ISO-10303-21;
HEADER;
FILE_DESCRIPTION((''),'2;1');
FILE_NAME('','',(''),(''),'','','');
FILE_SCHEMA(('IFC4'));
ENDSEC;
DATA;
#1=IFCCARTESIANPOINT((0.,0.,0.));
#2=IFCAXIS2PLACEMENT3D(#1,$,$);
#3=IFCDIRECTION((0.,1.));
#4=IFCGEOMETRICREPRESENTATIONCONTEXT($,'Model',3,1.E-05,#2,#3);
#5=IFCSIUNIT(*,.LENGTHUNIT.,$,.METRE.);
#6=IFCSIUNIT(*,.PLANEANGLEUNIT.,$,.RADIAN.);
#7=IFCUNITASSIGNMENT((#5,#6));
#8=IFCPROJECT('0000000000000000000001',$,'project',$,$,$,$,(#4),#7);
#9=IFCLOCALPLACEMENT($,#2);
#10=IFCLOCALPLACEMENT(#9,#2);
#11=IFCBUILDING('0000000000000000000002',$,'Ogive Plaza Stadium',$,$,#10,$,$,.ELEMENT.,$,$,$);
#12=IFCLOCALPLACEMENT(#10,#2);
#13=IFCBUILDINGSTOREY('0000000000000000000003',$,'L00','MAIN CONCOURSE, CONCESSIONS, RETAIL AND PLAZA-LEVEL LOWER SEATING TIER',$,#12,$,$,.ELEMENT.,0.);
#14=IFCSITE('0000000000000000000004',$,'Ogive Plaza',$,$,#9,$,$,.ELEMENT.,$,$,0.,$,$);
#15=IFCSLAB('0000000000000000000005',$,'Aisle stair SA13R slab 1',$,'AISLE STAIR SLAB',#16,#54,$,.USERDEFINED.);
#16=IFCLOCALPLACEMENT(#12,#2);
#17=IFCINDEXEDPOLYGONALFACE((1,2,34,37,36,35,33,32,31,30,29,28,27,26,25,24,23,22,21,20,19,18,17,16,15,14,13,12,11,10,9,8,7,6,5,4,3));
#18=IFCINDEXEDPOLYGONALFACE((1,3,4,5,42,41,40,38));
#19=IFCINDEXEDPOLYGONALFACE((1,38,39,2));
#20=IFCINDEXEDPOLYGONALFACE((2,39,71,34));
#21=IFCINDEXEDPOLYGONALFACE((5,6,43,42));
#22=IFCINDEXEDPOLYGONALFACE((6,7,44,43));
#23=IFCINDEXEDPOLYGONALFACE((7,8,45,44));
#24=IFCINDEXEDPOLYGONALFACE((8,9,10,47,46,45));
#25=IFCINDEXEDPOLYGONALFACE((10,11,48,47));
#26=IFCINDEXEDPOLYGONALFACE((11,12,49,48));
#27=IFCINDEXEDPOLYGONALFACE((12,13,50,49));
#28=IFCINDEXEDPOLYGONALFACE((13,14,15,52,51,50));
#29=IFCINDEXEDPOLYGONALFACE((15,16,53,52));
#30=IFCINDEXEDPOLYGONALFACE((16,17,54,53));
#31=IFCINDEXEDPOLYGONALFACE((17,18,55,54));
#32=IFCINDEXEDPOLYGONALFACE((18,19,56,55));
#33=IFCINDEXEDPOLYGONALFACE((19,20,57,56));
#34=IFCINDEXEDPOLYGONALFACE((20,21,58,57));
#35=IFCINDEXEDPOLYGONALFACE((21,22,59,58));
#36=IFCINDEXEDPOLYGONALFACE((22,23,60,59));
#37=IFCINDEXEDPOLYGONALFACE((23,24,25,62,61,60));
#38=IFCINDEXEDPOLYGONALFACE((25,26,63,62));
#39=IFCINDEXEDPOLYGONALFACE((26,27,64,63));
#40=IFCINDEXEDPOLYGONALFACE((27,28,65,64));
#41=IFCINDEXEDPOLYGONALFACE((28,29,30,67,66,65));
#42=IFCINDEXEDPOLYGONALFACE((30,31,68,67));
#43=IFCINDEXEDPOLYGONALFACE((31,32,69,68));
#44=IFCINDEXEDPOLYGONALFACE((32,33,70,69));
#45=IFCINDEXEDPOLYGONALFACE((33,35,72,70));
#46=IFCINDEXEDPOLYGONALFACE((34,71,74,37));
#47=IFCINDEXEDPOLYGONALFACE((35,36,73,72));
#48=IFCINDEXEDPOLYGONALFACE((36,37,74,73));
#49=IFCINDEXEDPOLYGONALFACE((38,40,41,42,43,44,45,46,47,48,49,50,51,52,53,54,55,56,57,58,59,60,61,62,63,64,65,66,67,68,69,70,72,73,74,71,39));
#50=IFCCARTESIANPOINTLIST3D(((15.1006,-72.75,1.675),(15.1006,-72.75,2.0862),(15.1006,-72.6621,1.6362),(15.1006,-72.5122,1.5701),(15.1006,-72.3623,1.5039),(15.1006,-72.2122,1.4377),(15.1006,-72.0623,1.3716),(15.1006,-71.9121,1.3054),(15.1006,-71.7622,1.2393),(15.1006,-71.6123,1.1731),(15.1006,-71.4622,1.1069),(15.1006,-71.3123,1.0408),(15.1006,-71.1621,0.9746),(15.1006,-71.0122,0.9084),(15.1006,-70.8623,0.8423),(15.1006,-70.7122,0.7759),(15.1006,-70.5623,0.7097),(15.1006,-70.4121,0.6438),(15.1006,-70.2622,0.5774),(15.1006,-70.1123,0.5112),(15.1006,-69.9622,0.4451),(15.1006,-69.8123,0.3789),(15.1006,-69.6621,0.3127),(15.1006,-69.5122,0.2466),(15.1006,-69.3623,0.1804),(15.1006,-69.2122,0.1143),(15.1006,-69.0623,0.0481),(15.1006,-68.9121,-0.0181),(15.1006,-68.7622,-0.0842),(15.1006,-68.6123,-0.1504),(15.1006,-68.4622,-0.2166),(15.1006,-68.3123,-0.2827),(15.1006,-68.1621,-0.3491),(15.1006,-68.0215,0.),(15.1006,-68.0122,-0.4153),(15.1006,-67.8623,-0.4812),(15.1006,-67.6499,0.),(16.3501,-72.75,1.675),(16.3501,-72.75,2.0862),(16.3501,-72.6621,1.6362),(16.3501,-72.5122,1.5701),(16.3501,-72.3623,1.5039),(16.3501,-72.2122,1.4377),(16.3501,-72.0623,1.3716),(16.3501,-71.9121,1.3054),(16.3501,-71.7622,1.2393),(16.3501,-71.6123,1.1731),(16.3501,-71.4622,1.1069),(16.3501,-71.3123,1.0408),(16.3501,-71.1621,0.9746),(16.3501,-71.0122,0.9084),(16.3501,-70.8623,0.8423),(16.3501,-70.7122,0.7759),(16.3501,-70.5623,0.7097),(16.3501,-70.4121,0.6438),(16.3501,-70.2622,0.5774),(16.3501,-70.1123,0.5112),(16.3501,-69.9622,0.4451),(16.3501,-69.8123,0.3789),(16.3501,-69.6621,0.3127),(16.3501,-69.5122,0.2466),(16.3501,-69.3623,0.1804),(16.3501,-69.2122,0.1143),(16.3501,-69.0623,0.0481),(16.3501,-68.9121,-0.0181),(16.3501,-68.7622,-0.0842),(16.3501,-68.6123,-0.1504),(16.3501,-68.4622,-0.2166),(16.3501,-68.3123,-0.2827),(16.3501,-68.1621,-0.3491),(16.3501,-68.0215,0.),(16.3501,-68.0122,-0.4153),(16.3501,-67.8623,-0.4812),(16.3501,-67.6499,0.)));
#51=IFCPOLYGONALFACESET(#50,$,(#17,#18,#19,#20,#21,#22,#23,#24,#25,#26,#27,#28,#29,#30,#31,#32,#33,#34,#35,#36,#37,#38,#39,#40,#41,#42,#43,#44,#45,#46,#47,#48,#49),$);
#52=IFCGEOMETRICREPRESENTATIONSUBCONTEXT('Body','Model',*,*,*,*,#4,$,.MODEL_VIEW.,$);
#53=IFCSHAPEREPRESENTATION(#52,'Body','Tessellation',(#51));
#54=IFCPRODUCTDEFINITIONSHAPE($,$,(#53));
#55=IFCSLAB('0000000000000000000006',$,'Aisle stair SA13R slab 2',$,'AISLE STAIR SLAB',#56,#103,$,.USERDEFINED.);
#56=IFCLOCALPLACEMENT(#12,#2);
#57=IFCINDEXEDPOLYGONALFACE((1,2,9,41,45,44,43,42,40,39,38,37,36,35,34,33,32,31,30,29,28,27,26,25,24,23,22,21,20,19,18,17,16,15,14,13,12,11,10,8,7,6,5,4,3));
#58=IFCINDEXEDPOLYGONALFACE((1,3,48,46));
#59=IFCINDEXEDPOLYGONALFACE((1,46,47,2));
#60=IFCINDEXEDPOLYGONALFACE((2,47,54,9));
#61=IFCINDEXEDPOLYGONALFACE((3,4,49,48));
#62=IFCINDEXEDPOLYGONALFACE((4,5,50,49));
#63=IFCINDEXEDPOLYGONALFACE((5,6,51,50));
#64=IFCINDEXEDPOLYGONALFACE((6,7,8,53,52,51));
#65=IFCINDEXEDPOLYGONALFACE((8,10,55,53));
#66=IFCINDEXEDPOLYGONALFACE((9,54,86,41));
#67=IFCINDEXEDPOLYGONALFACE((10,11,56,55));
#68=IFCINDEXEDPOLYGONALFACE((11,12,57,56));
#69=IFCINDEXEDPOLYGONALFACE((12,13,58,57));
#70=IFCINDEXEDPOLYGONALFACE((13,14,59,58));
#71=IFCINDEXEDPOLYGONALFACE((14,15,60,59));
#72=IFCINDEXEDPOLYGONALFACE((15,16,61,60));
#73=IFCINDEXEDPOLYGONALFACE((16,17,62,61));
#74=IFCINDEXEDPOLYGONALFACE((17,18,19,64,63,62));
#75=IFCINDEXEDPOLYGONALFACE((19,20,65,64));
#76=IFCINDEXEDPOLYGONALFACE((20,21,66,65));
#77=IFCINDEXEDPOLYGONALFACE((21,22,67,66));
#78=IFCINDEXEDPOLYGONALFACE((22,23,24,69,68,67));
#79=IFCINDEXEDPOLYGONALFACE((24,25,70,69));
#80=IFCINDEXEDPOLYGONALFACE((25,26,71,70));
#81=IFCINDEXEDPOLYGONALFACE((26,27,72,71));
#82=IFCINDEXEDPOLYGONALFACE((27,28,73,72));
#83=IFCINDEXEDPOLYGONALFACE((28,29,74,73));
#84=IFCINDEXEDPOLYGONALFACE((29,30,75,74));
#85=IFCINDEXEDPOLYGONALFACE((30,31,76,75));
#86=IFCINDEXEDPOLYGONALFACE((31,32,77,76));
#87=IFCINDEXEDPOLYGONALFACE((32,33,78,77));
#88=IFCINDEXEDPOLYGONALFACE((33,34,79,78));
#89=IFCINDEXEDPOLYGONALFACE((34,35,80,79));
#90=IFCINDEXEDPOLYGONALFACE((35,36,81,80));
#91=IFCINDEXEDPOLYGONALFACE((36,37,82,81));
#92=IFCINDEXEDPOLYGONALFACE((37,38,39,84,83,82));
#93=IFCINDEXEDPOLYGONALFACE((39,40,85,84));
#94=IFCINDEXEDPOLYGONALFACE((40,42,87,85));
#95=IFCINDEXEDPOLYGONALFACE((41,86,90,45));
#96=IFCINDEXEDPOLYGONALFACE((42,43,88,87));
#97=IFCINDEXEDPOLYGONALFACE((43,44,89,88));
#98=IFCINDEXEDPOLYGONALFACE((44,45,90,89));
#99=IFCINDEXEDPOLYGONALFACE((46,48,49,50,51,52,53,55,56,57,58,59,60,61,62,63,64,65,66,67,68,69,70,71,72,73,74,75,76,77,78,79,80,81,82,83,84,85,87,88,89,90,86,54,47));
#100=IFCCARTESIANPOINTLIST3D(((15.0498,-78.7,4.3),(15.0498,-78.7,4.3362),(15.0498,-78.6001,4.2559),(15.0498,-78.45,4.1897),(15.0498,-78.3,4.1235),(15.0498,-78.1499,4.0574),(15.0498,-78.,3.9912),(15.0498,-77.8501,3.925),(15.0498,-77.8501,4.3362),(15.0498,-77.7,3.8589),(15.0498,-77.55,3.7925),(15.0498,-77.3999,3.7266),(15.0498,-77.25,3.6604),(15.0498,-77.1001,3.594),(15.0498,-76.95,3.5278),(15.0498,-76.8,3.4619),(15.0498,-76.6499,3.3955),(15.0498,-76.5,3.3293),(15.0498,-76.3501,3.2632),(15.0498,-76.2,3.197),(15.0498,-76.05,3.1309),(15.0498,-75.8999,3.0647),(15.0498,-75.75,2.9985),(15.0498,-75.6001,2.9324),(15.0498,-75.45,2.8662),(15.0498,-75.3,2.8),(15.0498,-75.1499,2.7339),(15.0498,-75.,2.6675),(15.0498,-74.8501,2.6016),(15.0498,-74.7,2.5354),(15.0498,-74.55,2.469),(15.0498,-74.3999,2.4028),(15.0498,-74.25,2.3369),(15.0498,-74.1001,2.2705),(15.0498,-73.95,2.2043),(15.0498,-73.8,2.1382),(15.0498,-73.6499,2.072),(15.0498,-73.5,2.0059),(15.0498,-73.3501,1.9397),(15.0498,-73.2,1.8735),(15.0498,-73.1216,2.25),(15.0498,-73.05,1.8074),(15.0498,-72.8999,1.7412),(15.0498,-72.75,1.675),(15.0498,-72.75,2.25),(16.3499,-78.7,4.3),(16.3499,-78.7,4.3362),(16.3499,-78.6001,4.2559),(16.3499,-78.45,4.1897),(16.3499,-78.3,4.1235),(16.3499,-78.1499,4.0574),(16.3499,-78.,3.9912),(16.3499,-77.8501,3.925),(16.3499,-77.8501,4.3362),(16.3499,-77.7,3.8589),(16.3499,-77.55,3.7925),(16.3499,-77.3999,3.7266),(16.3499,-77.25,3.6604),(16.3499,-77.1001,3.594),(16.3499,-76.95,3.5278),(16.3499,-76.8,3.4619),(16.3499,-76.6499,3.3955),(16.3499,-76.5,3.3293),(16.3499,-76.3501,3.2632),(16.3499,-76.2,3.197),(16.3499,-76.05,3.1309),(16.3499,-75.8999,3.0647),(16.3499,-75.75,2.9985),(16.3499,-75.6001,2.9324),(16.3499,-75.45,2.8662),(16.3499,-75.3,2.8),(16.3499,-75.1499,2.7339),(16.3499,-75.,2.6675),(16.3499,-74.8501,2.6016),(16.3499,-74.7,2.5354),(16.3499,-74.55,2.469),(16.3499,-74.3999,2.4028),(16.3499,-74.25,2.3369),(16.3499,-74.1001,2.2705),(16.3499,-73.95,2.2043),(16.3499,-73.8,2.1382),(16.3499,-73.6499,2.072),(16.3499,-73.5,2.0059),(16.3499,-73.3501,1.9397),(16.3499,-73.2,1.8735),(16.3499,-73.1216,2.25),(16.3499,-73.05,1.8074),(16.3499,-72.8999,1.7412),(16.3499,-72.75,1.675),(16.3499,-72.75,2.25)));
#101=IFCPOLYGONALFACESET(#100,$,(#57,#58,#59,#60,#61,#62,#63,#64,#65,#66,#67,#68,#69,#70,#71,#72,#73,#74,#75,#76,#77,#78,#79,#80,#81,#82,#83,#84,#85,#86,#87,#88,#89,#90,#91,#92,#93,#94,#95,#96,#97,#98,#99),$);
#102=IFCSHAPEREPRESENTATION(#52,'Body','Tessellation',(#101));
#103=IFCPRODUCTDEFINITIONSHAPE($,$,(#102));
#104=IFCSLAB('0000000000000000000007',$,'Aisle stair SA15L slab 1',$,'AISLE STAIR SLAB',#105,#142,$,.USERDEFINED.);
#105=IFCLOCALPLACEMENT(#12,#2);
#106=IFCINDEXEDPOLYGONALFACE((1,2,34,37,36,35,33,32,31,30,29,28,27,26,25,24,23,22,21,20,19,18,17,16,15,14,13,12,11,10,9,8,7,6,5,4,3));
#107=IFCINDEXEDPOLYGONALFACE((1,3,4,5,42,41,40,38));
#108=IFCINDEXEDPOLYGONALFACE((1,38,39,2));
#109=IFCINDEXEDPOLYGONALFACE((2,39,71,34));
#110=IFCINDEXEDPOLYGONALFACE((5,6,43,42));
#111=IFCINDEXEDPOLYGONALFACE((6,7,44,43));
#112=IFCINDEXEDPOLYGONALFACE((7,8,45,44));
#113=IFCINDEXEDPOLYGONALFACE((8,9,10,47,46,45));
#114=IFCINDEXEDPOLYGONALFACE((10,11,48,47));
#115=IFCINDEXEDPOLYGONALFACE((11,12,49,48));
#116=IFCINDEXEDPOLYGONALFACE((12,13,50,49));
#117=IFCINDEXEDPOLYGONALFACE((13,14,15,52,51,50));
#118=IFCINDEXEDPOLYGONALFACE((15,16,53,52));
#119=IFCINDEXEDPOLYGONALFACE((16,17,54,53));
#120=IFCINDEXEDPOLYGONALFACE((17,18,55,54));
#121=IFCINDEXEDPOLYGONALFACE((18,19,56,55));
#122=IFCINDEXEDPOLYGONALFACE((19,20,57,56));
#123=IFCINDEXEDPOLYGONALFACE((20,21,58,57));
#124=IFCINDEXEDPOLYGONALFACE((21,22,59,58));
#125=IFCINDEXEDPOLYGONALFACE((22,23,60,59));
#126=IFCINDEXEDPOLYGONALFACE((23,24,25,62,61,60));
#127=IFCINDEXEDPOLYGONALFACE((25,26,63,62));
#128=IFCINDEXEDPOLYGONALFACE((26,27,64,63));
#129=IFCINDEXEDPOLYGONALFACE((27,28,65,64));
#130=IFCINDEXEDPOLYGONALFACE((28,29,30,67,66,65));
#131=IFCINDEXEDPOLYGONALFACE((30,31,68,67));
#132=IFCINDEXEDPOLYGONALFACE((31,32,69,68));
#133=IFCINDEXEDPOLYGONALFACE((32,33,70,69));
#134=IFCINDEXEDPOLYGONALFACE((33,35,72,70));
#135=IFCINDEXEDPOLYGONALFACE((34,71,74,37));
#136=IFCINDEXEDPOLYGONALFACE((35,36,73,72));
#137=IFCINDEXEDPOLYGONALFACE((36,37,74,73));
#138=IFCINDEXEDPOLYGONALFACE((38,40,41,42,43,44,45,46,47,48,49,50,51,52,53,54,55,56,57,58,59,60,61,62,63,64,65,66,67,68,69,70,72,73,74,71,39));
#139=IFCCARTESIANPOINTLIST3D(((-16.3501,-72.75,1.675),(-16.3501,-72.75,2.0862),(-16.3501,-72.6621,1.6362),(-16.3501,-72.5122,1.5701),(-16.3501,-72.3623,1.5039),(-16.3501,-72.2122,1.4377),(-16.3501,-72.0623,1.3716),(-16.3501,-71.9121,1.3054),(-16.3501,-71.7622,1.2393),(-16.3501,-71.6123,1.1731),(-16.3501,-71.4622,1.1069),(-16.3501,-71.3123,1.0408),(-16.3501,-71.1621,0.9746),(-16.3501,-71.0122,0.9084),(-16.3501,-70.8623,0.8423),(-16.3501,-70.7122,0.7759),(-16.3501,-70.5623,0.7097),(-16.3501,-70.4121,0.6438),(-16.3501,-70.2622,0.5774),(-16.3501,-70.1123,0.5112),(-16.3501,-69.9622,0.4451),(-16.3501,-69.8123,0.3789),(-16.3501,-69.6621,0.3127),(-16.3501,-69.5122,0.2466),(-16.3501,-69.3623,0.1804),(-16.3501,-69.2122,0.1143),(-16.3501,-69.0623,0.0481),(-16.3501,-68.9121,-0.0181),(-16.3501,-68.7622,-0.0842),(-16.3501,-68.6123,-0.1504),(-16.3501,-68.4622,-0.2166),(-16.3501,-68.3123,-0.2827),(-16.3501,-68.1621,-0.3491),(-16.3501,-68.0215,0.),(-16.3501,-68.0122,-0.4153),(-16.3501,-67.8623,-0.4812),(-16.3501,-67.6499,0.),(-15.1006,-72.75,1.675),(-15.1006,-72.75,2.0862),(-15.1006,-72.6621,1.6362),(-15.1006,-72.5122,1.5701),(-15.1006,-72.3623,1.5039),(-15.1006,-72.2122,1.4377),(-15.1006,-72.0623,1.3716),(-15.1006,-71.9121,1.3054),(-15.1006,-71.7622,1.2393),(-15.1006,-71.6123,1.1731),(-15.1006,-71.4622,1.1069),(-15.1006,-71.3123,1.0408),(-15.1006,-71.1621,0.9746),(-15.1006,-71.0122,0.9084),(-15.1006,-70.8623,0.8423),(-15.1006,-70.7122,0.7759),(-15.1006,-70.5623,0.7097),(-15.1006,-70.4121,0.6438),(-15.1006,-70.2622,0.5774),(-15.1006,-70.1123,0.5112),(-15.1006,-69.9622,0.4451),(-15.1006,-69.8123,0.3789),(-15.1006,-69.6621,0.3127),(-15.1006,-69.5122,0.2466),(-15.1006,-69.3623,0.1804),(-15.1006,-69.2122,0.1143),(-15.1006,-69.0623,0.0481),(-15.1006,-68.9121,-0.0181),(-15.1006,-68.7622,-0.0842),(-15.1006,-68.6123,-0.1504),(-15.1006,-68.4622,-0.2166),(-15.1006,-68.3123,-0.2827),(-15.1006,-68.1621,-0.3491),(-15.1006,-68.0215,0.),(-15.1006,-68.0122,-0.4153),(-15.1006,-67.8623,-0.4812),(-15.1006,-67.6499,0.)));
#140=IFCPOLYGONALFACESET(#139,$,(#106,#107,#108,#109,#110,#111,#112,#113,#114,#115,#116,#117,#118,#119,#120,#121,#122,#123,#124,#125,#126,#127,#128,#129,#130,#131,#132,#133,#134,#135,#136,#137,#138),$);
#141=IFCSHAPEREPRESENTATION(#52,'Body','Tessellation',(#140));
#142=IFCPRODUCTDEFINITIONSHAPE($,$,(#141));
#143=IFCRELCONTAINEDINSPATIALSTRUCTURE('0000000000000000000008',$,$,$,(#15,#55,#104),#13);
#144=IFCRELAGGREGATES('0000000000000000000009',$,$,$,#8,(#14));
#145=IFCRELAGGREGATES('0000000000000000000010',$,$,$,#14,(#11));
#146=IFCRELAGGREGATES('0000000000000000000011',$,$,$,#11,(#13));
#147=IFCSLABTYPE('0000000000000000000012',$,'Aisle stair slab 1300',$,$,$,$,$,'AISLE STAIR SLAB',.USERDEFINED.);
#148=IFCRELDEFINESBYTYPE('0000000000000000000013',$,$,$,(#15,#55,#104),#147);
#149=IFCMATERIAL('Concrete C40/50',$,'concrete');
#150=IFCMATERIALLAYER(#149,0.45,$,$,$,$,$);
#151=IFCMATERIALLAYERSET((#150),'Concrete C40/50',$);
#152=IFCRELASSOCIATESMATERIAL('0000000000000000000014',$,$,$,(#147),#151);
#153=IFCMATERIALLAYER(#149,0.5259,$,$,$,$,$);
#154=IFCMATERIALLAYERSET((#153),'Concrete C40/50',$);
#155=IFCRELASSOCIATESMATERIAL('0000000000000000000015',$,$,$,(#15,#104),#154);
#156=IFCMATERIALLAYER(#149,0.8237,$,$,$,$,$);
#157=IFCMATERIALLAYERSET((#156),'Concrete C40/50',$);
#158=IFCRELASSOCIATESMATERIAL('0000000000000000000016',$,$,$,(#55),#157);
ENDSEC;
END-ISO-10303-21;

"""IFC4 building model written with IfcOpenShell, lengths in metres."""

from ifc_helpers import new_model, si_unit, direction, frame, origin, place, context, subcontext, project, spatial, polyline, outline, extrude, material, layer, layer_set, type_object, element, save


model = new_model("IFC4")

# Units and contexts
model_context = context("Model", 3, precision=1e-05, world=origin(), true_north=direction((0.0, 1.0)))
body_context = subcontext(model_context, "Body", "Model", "MODEL_VIEW")
ifc_project = project(units=[si_unit("LENGTHUNIT", "METRE"), si_unit("PLANEANGLEUNIT", "RADIAN")], contexts=[model_context])

# Site, building, storey
site_placement = place(None, origin())
site = spatial("IfcSite", under=ifc_project, at=site_placement, Name="Ogive Plaza", CompositionType="ELEMENT", RefElevation=0.0)
building_placement = place(site_placement, origin())
building = spatial("IfcBuilding", under=site, at=building_placement, Name="Ogive Plaza Stadium", CompositionType="ELEMENT")
storey_placement = place(building_placement, origin())
storey = spatial("IfcBuildingStorey", under=building, at=storey_placement, Name="L00", Description="MAIN CONCOURSE, CONCESSIONS, RETAIL AND PLAZA-LEVEL LOWER SEATING TIER", CompositionType="ELEMENT", Elevation=0.0)

# Slabs
ifc_material_1 = material(Name="Concrete C40/50", Category="concrete")
ifc_layer_1 = layer(ifc_material_1, 0.5259)
ifc_layer_set_1 = layer_set([ifc_layer_1], Name="Concrete C40/50")
ifc_layer_2 = layer(ifc_material_1, 0.45)
ifc_layer_set_2 = layer_set([ifc_layer_2], Name="Concrete C40/50")
slab_type_1 = type_object("IfcSlabType", Name="Aisle stair slab 1300", ElementType="AISLE STAIR SLAB", PredefinedType="USERDEFINED", material=ifc_layer_set_2)
ifc_layer_3 = layer(ifc_material_1, 0.8237)
ifc_layer_set_3 = layer_set([ifc_layer_3], Name="Concrete C40/50")
slab_1_placement = place(storey_placement, frame((15.7253, -67.6499, 0.0), z_axis=(0.0, 0.0, 1.0), x_axis=(0.0, -1.0, 0.0)))
element("IfcSlab", 1, at=slab_1_placement, inside=storey, type_object=slab_type_1, material=ifc_layer_set_1, Name="Aisle stair SA13R slab 1", ObjectType="AISLE STAIR SLAB", PredefinedType="USERDEFINED", context=body_context, shape_type="SweptSolid", body=[
    extrude(outline(polyline([(0.0, 0.0), (0.3716, 0.0), (5.1001, 2.0862), (5.1001, 1.675), (5.0122, 1.6362), (4.8623, 1.5701), (4.7124, 1.5039), (4.5623, 1.4377), (4.4124, 1.3716), (4.2622, 1.3054), (4.1123, 1.2393), (3.9624, 1.1731), (3.8123, 1.1069), (3.6624, 1.0408), (3.5122, 0.9746), (3.3623, 0.9084), (3.2124, 0.8423), (3.0623, 0.7759), (2.9124, 0.7097), (2.7622, 0.6438), (2.6123, 0.5774), (2.4624, 0.5112), (2.3123, 0.4451), (2.1624, 0.3789), (2.0122, 0.3127), (1.8623, 0.2466), (1.7124, 0.1804), (1.5623, 0.1143), (1.4124, 0.0481), (1.2622, -0.0181), (1.1123, -0.0842), (0.9624, -0.1504), (0.8123, -0.2166), (0.6624, -0.2827), (0.5122, -0.3491), (0.3623, -0.4153), (0.2124, -0.4812), (0.0, 0.0)])), frame((0.0, 0.6248, 0.0), z_axis=(0.0, -1.0, 0.0), x_axis=(1.0, 0.0, 0.0)), (0.0, 0.0, 1.0), 1.2495),
])
slab_2_placement = place(storey_placement, frame((15.7, -72.75, 0.0), z_axis=(0.0, 0.0, 1.0), x_axis=(0.0, -1.0, 0.0)))
element("IfcSlab", 2, at=slab_2_placement, inside=storey, type_object=slab_type_1, material=ifc_layer_set_3, Name="Aisle stair SA13R slab 2", ObjectType="AISLE STAIR SLAB", PredefinedType="USERDEFINED", context=body_context, shape_type="SweptSolid", body=[
    extrude(outline(polyline([(0.0, 2.25), (0.3716, 2.25), (5.1001, 4.3362), (5.95, 4.3362), (5.95, 4.3), (5.8501, 4.2559), (5.7, 4.1897), (5.55, 4.1235), (5.3999, 4.0574), (5.25, 3.9912), (5.1001, 3.925), (4.95, 3.8589), (4.8, 3.7925), (4.6499, 3.7266), (4.5, 3.6604), (4.3501, 3.594), (4.2, 3.5278), (4.05, 3.4619), (3.8999, 3.3955), (3.75, 3.3293), (3.6001, 3.2632), (3.45, 3.197), (3.3, 3.1309), (3.1499, 3.0647), (3.0, 2.9985), (2.8501, 2.9324), (2.7, 2.8662), (2.55, 2.8), (2.3999, 2.7339), (2.25, 2.6675), (2.1001, 2.6016), (1.95, 2.5354), (1.8, 2.469), (1.6499, 2.4028), (1.5, 2.3369), (1.3501, 2.2705), (1.2, 2.2043), (1.05, 2.1382), (0.8999, 2.072), (0.75, 2.0059), (0.6001, 1.9397), (0.45, 1.8735), (0.3, 1.8074), (0.1499, 1.7412), (0.0, 1.675), (0.0, 2.25)])), frame((0.0, 0.6499, 0.0), z_axis=(0.0, -1.0, 0.0), x_axis=(1.0, 0.0, 0.0)), (0.0, 0.0, 1.0), 1.3),
])
for number, where, z_axis, x_axis, name in (
    (3, (-15.7253, -67.6499, 0.0), (0.0, 0.0, 1.0), (0.0, -1.0, 0.0), "Aisle stair SA15L slab 1"),
):
    element("IfcSlab", number, at=place(storey_placement, frame(where, z_axis=z_axis, x_axis=x_axis)), inside=storey, type_object=slab_type_1, material=ifc_layer_set_1, Name=name, ObjectType="AISLE STAIR SLAB", PredefinedType="USERDEFINED", context=body_context, shape_type="SweptSolid", body=[
        extrude(outline(polyline([(0.0, 0.0), (0.3716, 0.0), (5.1001, 2.0862), (5.1001, 1.675), (5.0122, 1.6362), (4.8623, 1.5701), (4.7124, 1.5039), (4.5623, 1.4377), (4.4124, 1.3716), (4.2622, 1.3054), (4.1123, 1.2393), (3.9624, 1.1731), (3.8123, 1.1069), (3.6624, 1.0408), (3.5122, 0.9746), (3.3623, 0.9084), (3.2124, 0.8423), (3.0623, 0.7759), (2.9124, 0.7097), (2.7622, 0.6438), (2.6123, 0.5774), (2.4624, 0.5112), (2.3123, 0.4451), (2.1624, 0.3789), (2.0122, 0.3127), (1.8623, 0.2466), (1.7124, 0.1804), (1.5623, 0.1143), (1.4124, 0.0481), (1.2622, -0.0181), (1.1123, -0.0842), (0.9624, -0.1504), (0.8123, -0.2166), (0.6624, -0.2827), (0.5122, -0.3491), (0.3623, -0.4153), (0.2124, -0.4812), (0.0, 0.0)])), frame((0.0, 0.6248, 0.0), z_axis=(0.0, -1.0, 0.0), x_axis=(1.0, 0.0, 0.0)), (0.0, 0.0, 1.0), 1.2495),
    ])

save(model, "model.ifc")
